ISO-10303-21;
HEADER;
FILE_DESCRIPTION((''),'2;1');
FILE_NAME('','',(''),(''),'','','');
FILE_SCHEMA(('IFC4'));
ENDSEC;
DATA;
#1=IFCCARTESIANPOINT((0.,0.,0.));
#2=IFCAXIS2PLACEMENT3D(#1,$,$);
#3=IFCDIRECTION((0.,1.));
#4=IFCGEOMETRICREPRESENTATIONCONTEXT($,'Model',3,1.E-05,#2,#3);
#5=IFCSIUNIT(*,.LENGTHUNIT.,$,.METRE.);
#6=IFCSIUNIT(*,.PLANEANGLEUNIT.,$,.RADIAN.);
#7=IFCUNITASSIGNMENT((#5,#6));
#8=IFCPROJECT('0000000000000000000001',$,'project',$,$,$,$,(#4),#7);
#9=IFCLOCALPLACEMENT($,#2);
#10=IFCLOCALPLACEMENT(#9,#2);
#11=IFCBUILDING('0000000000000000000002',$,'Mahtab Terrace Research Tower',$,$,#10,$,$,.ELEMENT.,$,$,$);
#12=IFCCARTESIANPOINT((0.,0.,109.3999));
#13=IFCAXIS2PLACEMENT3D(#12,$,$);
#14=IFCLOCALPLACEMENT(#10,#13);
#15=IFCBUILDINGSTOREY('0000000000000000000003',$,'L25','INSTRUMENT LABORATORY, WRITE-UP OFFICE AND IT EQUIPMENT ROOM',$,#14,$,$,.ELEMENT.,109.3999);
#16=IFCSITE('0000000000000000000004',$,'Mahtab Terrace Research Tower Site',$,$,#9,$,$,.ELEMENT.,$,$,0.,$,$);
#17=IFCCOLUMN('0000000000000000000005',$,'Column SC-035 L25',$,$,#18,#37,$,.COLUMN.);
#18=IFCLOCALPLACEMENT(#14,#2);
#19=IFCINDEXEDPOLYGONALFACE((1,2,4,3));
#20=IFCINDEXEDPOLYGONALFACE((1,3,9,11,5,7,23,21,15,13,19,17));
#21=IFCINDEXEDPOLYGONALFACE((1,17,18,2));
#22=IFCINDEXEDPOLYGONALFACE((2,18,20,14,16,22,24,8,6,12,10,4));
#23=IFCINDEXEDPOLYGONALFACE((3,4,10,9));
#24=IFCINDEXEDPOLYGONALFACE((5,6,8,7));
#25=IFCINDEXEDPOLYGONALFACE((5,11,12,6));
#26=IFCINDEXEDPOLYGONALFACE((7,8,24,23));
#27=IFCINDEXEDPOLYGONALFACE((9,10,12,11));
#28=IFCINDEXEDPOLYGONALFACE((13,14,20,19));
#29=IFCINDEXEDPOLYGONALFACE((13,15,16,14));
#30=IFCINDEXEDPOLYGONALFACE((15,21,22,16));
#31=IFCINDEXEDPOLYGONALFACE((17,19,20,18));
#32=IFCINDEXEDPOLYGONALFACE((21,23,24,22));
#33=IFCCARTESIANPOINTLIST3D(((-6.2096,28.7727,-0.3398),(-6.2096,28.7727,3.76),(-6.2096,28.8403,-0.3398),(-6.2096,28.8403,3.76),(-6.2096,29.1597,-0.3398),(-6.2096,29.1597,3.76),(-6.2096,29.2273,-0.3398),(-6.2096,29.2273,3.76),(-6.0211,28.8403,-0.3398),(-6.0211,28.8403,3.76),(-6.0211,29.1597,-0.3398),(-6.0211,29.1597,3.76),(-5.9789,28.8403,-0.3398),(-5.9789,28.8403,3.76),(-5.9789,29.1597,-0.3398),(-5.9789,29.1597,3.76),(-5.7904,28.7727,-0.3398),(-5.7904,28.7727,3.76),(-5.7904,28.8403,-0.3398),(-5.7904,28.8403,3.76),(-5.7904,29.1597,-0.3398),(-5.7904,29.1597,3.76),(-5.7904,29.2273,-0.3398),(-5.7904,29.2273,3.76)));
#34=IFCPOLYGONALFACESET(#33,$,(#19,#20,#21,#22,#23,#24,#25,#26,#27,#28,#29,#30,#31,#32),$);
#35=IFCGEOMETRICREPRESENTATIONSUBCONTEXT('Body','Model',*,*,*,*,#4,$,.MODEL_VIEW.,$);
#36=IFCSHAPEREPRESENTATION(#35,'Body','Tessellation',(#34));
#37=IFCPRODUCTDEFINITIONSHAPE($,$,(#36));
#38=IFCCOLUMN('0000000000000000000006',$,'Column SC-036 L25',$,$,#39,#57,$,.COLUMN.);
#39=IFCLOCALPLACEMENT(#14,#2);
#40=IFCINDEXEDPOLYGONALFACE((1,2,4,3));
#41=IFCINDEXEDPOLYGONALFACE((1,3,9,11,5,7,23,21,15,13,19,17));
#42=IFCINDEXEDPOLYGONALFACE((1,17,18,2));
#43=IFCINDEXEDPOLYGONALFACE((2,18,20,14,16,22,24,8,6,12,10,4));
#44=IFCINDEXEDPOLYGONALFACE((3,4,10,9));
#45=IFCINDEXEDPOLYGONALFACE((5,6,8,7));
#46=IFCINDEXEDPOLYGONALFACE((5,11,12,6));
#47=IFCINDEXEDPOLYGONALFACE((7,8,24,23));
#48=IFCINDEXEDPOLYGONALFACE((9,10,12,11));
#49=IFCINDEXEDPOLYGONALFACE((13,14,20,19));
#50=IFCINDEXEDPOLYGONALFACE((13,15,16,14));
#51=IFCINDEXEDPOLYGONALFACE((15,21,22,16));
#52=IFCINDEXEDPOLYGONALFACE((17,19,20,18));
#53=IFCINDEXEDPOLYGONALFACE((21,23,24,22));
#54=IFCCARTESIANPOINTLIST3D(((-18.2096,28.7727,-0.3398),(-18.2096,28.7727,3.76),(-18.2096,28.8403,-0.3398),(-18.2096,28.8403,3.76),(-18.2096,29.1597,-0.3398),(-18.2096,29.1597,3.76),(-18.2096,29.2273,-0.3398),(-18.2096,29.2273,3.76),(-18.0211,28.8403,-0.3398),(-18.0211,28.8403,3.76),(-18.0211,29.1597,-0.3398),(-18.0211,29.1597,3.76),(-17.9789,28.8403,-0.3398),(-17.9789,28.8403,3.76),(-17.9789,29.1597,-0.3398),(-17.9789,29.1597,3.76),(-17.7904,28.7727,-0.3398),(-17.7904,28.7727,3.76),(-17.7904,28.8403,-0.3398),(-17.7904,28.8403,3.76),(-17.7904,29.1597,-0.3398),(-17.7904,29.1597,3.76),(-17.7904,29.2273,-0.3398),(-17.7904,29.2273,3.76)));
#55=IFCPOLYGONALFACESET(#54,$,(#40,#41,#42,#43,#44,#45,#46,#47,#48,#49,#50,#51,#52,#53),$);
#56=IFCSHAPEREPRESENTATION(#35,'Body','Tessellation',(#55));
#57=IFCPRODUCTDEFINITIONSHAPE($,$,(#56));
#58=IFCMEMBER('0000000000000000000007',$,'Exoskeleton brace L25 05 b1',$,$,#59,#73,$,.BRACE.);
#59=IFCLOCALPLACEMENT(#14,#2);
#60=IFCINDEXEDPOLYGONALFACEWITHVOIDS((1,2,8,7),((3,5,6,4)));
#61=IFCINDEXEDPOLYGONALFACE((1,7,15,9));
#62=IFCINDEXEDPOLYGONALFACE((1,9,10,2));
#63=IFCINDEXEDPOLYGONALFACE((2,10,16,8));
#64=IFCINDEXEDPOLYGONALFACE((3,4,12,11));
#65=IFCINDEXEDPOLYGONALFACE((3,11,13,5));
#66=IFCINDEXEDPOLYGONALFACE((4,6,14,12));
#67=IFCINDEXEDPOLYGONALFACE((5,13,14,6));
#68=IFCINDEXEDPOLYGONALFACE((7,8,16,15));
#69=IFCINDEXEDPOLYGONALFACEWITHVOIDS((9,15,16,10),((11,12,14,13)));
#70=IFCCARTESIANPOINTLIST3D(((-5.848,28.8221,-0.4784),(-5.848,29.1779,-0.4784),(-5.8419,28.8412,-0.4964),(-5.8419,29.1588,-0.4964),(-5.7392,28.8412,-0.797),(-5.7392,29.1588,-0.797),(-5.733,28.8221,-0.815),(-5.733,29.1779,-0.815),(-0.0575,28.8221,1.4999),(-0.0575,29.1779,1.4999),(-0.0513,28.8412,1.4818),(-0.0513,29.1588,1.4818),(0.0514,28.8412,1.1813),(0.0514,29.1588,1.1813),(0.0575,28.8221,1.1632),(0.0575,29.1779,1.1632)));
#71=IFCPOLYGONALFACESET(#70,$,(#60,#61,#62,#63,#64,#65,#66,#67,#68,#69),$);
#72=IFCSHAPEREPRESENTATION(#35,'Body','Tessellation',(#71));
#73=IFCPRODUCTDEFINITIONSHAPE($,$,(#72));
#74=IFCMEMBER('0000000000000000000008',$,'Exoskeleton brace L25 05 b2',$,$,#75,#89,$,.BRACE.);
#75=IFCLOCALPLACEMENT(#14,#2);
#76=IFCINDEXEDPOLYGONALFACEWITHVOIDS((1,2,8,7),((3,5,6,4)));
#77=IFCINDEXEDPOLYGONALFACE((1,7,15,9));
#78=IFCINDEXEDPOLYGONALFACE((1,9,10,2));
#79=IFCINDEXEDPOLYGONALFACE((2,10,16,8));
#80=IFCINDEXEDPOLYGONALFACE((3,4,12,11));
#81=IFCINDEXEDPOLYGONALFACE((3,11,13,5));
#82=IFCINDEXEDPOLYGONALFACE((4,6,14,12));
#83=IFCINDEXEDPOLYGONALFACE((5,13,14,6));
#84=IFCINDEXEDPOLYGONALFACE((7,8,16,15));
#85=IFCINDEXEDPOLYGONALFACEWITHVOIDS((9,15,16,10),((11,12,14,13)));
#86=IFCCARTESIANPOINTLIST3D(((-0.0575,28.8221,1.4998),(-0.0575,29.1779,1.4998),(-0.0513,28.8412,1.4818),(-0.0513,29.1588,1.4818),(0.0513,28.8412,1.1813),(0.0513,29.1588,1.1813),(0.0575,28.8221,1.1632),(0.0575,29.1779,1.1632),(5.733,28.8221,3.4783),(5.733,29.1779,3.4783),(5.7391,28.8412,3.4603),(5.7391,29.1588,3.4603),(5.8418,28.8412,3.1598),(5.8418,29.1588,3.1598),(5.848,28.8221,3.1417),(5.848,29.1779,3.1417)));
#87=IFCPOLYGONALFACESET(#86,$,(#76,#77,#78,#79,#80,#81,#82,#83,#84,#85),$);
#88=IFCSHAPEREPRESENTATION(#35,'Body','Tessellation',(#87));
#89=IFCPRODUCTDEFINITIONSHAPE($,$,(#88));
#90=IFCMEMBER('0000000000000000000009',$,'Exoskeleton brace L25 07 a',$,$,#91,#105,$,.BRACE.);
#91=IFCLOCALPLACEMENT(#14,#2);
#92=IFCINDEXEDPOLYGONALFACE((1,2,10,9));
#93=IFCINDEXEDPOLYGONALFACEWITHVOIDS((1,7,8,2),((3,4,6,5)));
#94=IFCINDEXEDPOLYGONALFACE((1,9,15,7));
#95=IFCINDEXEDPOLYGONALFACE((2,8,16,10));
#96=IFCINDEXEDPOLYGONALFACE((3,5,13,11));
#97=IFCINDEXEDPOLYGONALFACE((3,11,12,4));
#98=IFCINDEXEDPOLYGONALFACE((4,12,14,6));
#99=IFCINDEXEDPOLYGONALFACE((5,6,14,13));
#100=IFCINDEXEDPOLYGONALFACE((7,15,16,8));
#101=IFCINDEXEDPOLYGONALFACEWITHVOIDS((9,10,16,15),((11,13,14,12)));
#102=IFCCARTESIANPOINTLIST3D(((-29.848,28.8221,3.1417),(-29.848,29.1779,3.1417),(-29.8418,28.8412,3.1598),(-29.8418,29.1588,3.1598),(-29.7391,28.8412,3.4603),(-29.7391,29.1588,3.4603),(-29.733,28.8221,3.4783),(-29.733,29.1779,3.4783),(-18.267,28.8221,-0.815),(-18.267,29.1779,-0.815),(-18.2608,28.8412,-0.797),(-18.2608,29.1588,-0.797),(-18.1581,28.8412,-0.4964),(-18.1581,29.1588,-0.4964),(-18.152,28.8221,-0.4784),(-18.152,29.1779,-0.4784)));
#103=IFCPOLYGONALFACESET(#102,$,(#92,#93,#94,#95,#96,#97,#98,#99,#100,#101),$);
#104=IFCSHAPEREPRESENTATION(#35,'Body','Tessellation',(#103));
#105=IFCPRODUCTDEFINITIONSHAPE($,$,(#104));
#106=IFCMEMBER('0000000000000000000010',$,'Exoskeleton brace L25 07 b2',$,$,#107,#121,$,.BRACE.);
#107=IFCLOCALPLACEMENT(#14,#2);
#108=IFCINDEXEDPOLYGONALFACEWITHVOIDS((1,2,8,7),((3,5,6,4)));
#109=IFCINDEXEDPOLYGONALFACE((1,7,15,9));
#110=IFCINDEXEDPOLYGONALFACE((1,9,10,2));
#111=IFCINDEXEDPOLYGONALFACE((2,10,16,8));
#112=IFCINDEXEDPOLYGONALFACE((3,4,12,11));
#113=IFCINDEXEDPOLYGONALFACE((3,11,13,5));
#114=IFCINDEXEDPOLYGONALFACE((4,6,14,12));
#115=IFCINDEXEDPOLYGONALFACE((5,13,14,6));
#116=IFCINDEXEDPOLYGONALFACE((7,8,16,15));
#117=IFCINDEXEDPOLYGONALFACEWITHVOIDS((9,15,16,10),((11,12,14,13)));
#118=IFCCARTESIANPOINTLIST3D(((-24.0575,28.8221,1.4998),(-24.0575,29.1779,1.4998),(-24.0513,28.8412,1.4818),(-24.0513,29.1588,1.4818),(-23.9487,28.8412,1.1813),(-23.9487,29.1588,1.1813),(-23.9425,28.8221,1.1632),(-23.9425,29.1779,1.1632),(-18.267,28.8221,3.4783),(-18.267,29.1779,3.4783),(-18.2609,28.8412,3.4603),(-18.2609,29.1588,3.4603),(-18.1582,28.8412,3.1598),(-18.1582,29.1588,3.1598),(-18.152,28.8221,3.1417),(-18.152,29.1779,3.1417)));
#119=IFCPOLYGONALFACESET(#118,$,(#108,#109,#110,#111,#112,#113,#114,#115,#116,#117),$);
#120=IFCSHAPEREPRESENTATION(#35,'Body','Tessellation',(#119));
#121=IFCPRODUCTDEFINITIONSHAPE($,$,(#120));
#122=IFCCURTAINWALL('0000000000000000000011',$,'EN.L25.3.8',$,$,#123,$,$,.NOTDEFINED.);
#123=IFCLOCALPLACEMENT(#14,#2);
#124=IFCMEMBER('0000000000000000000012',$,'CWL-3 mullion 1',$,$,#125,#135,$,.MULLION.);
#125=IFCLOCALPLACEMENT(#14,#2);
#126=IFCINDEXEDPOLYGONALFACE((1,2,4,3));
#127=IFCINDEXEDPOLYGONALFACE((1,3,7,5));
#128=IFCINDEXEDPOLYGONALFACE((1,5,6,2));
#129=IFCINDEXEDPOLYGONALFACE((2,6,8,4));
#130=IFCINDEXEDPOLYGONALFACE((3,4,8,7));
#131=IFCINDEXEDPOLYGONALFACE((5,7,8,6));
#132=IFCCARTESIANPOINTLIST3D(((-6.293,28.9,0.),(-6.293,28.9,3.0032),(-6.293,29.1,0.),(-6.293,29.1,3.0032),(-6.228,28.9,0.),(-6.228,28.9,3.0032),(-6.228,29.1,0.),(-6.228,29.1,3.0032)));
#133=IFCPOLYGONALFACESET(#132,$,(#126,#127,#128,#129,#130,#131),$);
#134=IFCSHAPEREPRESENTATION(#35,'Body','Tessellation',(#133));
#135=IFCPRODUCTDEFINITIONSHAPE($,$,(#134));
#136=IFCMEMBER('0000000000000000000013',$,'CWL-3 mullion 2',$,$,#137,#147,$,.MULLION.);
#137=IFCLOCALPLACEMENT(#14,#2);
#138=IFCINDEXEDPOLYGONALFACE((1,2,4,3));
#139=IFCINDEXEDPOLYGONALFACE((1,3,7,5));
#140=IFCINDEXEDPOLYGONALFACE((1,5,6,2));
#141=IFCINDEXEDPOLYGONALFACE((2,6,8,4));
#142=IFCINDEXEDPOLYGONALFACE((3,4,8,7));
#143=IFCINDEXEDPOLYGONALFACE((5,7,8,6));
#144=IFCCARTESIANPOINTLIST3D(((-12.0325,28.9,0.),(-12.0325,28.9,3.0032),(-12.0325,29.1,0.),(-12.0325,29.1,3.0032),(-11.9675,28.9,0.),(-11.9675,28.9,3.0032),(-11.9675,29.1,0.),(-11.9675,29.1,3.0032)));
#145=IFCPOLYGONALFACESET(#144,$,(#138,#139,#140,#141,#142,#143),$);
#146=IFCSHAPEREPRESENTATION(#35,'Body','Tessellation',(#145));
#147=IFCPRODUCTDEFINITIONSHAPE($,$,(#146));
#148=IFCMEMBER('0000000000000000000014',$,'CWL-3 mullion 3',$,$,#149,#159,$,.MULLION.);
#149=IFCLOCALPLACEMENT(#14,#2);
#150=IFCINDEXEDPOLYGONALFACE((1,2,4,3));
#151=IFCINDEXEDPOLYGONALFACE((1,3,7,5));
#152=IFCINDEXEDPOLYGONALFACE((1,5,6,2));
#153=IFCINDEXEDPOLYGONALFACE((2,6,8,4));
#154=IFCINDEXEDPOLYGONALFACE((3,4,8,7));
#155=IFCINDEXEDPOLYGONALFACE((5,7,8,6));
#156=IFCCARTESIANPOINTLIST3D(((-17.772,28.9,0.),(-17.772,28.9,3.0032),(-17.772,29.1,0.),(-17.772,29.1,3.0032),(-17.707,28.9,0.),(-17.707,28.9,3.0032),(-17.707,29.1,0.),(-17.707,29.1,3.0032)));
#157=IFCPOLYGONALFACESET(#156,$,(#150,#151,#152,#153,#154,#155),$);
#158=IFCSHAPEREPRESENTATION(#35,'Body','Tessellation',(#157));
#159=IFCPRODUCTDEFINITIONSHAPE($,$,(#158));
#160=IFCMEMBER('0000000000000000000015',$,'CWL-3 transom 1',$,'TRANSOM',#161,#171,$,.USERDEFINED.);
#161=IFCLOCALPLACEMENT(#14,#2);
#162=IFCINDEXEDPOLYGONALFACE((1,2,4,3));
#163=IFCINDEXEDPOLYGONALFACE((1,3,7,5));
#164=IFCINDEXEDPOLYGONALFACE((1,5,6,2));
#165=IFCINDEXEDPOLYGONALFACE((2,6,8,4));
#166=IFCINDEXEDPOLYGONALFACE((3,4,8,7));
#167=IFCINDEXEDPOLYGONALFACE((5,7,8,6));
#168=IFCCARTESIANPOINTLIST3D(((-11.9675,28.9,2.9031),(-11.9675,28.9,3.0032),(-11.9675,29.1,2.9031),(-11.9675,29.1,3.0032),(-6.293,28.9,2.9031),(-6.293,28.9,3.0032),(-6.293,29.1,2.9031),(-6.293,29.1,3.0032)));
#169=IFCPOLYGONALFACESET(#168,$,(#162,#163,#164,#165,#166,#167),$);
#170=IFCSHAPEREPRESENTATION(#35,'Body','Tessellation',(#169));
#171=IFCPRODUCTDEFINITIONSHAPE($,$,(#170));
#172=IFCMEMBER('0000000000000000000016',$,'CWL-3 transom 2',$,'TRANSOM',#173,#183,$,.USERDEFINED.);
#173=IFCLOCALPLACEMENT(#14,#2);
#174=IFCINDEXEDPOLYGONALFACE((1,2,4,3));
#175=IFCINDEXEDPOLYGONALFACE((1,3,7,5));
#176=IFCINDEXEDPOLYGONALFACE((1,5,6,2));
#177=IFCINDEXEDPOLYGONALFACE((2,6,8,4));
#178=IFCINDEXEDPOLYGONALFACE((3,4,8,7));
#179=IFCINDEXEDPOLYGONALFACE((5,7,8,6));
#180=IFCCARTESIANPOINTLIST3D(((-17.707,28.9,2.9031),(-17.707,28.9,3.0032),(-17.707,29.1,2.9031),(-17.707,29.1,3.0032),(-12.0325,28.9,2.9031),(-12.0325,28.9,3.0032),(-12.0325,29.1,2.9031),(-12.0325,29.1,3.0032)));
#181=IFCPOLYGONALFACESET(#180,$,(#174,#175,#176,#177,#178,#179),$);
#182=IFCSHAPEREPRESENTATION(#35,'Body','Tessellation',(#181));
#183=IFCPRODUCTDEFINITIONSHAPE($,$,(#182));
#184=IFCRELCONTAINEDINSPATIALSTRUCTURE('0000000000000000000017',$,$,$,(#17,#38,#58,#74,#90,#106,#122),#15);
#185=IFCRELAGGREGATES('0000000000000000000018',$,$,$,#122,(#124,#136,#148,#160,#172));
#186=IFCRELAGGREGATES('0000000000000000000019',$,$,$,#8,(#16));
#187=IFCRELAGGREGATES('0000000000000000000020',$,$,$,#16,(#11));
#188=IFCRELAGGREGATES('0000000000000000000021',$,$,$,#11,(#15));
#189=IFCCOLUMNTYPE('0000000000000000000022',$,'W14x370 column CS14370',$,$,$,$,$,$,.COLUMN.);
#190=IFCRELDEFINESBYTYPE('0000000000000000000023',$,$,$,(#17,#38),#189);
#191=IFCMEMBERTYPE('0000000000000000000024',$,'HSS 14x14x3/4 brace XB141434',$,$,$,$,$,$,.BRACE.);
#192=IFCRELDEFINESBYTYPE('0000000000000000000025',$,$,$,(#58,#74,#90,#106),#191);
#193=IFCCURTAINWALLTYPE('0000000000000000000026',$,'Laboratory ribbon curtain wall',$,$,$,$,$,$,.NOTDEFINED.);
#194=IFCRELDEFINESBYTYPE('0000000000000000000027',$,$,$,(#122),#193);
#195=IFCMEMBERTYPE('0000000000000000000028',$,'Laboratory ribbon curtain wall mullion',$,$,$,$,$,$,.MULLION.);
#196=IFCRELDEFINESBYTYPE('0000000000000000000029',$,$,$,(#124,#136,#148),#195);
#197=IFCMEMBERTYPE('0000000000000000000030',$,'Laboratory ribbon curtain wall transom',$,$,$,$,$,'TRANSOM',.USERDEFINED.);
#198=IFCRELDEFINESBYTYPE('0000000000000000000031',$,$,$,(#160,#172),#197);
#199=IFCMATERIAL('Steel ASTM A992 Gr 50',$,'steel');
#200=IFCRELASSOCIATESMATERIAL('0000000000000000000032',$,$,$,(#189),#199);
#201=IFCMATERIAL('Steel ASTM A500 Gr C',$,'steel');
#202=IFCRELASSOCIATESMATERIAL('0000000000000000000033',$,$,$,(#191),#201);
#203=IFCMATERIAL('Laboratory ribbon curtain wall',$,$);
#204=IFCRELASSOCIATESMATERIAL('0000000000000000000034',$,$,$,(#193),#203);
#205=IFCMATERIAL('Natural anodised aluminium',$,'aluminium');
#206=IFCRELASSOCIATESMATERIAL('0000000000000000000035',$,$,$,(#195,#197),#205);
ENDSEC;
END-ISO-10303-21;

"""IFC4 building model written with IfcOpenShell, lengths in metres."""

from ifc_helpers import new_model, si_unit, direction, frame, origin, origin_2d, place, context, subcontext, project, spatial, rectangle, hollow_rectangle, i_section, extrude, material, material_profile, profile_set, type_object, element, aggregate, save


model = new_model("IFC4")

# Units and contexts
model_context = context("Model", 3, precision=1e-05, world=origin(), true_north=direction((0.0, 1.0)))
body_context = subcontext(model_context, "Body", "Model", "MODEL_VIEW")
ifc_project = project(units=[si_unit("LENGTHUNIT", "METRE"), si_unit("PLANEANGLEUNIT", "RADIAN")], contexts=[model_context])

# Site, building, storey
site_placement = place(None, origin())
site = spatial("IfcSite", under=ifc_project, at=site_placement, Name="Mahtab Terrace Research Tower Site", CompositionType="ELEMENT", RefElevation=0.0)
building_placement = place(site_placement, origin())
building = spatial("IfcBuilding", under=site, at=building_placement, Name="Mahtab Terrace Research Tower", CompositionType="ELEMENT")
storey_placement = place(building_placement, frame((0.0, 0.0, 109.3999)))
storey = spatial("IfcBuildingStorey", under=building, at=storey_placement, Name="L25", Description="INSTRUMENT LABORATORY, WRITE-UP OFFICE AND IT EQUIPMENT ROOM", CompositionType="ELEMENT", Elevation=109.3999)

# Columns
ifc_material_1 = material(Name="Steel ASTM A992 Gr 50", Category="steel")
ifc_material_profile_1 = material_profile(ifc_material_1, i_section(OverallWidth=0.4192, OverallDepth=0.4546, WebThickness=0.0422, FlangeThickness=0.0676, at=origin_2d()), Name="W14X370")
ifc_profile_set_1 = profile_set([ifc_material_profile_1], Name="Steel ASTM A992 Gr 50")
column_type = type_object("IfcColumnType", Name="W14x370 column CS14370", PredefinedType="COLUMN", material=ifc_profile_set_1)
for number, where, z_axis, x_axis, name in (
    (1, (-6.0, 29.0, -0.3398), (0.0, 0.0, 1.0), (1.0, 0.0, 0.0), "Column SC-035 L25"),
    (2, (-18.0, 29.0, -0.3398), (0.0, 0.0, 1.0), (1.0, 0.0, 0.0), "Column SC-036 L25"),
):
    element("IfcColumn", number, at=place(storey_placement, frame(where, z_axis=z_axis, x_axis=x_axis)), inside=storey, type_object=column_type, Name=name, PredefinedType="COLUMN", context=body_context, shape_type="SweptSolid", body=[
        extrude(i_section(OverallWidth=0.4192, OverallDepth=0.4546, WebThickness=0.0422, FlangeThickness=0.0676, at=origin_2d()), origin(), (0.0, 0.0, 1.0), 4.0999),
    ])

# Members
ifc_material_2 = material(Name="Steel ASTM A500 Gr C", Category="steel")
ifc_material_profile_2 = material_profile(ifc_material_2, hollow_rectangle(XDim=0.3557, YDim=0.3557, WallThickness=0.019, at=origin_2d()), Name="HSS14X14X3/4")
ifc_profile_set_2 = profile_set([ifc_material_profile_2], Name="Steel ASTM A500 Gr C")
member_type_1 = type_object("IfcMemberType", Name="HSS 14x14x3/4 brace XB141434", PredefinedType="BRACE", material=ifc_profile_set_2)
for number, where, z_axis, x_axis, name in (
    (3, (-5.7905, 29.0, -0.6467), (0.946299, 0.0, 0.323293), (0.0, 1.0, 0.0), "Exoskeleton brace L25 05 b1"),
    (4, (0.0, 29.0, 1.3315), (0.946287, 0.0, 0.323329), (0.0, 1.0, 0.0), "Exoskeleton brace L25 05 b2"),
):
    element("IfcMember", number, at=place(storey_placement, frame(where, z_axis=z_axis, x_axis=x_axis)), inside=storey, type_object=member_type_1, Name=name, PredefinedType="BRACE", context=body_context, shape_type="SweptSolid", body=[
        extrude(hollow_rectangle(XDim=0.3557, YDim=0.3557, WallThickness=0.019, at=origin_2d()), origin(), (0.0, 0.0, 1.0), 6.1191),
    ])
member_1_placement = place(storey_placement, frame((-18.2095, 29.0, -0.6467), z_axis=(-0.946293, 0.0, 0.323311), x_axis=(0.0, -1.0, 0.0)))
element("IfcMember", 5, at=member_1_placement, inside=storey, type_object=member_type_1, Name="Exoskeleton brace L25 07 a", PredefinedType="BRACE", context=body_context, shape_type="SweptSolid", body=[
    extrude(hollow_rectangle(XDim=0.3557, YDim=0.3557, WallThickness=0.019, at=origin_2d()), origin(), (0.0, 0.0, 1.0), 12.2383),
])
member_2_placement = place(storey_placement, frame((-24.0, 29.0, 1.3315), z_axis=(0.946287, 0.0, 0.323329), x_axis=(0.0, 1.0, 0.0)))
element("IfcMember", 6, at=member_2_placement, inside=storey, type_object=member_type_1, Name="Exoskeleton brace L25 07 b2", PredefinedType="BRACE", context=body_context, shape_type="SweptSolid", body=[
    extrude(hollow_rectangle(XDim=0.3557, YDim=0.3557, WallThickness=0.019, at=origin_2d()), origin(), (0.0, 0.0, 1.0), 6.1191),
])

# Curtain wall, members
ifc_material_3 = material(Name="Laboratory ribbon curtain wall")
curtain_wall_type = type_object("IfcCurtainWallType", Name="Laboratory ribbon curtain wall", PredefinedType="NOTDEFINED", material=ifc_material_3)
curtain_wall_placement = place(storey_placement, origin())
curtain_wall = element("IfcCurtainWall", 7, at=curtain_wall_placement, inside=storey, type_object=curtain_wall_type, Name="EN.L25.3.8", PredefinedType="NOTDEFINED")
ifc_material_4 = material(Name="Natural anodised aluminium", Category="aluminium")
ifc_material_profile_3 = material_profile(ifc_material_4, rectangle(XDim=0.2, YDim=0.0649, at=origin_2d()), Name="MULLION 65x200")
ifc_profile_set_3 = profile_set([ifc_material_profile_3], Name="Natural anodised aluminium")
member_type_2 = type_object("IfcMemberType", Name="Laboratory ribbon curtain wall mullion", PredefinedType="MULLION", material=ifc_profile_set_3)
member_3_placement = place(storey_placement, frame((-6.2605, 29.0, 0.0), z_axis=(0.0, 0.0, 1.0), x_axis=(0.0, -1.0, 0.0)))
member_3 = element("IfcMember", 8, at=member_3_placement, type_object=member_type_2, Name="CWL-3 mullion 1", PredefinedType="MULLION", context=body_context, shape_type="SweptSolid", body=[
    extrude(rectangle(XDim=0.2, YDim=0.0649, at=origin_2d()), origin(), (0.0, 0.0, 1.0), 3.0032),
])
member_4_placement = place(storey_placement, frame((-12.0, 29.0, 0.0), z_axis=(0.0, 0.0, 1.0), x_axis=(0.0, -1.0, 0.0)))
member_4 = element("IfcMember", 9, at=member_4_placement, type_object=member_type_2, Name="CWL-3 mullion 2", PredefinedType="MULLION", context=body_context, shape_type="SweptSolid", body=[
    extrude(rectangle(XDim=0.2, YDim=0.0649, at=origin_2d()), origin(), (0.0, 0.0, 1.0), 3.0032),
])
member_5_placement = place(storey_placement, frame((-17.7395, 29.0, 0.0), z_axis=(0.0, 0.0, 1.0), x_axis=(0.0, -1.0, 0.0)))
member_5 = element("IfcMember", 10, at=member_5_placement, type_object=member_type_2, Name="CWL-3 mullion 3", PredefinedType="MULLION", context=body_context, shape_type="SweptSolid", body=[
    extrude(rectangle(XDim=0.2, YDim=0.0649, at=origin_2d()), origin(), (0.0, 0.0, 1.0), 3.0032),
])
ifc_material_profile_4 = material_profile(ifc_material_4, rectangle(XDim=0.2, YDim=0.1001, at=origin_2d()), Name="TRANSOM 100x200")
ifc_profile_set_4 = profile_set([ifc_material_profile_4], Name="Natural anodised aluminium")
member_type_3 = type_object("IfcMemberType", Name="Laboratory ribbon curtain wall transom", ElementType="TRANSOM", PredefinedType="USERDEFINED", material=ifc_profile_set_4)
member_6_placement = place(storey_placement, frame((-6.293, 29.0, 2.9531), z_axis=(-1.0, 0.0, 0.0), x_axis=(0.0, -1.0, 0.0)))
member_6 = element("IfcMember", 11, at=member_6_placement, type_object=member_type_3, Name="CWL-3 transom 1", ObjectType="TRANSOM", PredefinedType="USERDEFINED", context=body_context, shape_type="SweptSolid", body=[
    extrude(rectangle(XDim=0.2, YDim=0.1001, at=origin_2d()), origin(), (0.0, 0.0, 1.0), 5.6746),
])
member_7_placement = place(storey_placement, frame((-12.0325, 29.0, 2.9531), z_axis=(-1.0, 0.0, 0.0), x_axis=(0.0, -1.0, 0.0)))
member_7 = element("IfcMember", 12, at=member_7_placement, type_object=member_type_3, Name="CWL-3 transom 2", ObjectType="TRANSOM", PredefinedType="USERDEFINED", context=body_context, shape_type="SweptSolid", body=[
    extrude(rectangle(XDim=0.2, YDim=0.1001, at=origin_2d()), origin(), (0.0, 0.0, 1.0), 5.6746),
])

aggregate(curtain_wall, [member_3, member_4, member_5, member_6, member_7])

save(model, "model.ifc")
